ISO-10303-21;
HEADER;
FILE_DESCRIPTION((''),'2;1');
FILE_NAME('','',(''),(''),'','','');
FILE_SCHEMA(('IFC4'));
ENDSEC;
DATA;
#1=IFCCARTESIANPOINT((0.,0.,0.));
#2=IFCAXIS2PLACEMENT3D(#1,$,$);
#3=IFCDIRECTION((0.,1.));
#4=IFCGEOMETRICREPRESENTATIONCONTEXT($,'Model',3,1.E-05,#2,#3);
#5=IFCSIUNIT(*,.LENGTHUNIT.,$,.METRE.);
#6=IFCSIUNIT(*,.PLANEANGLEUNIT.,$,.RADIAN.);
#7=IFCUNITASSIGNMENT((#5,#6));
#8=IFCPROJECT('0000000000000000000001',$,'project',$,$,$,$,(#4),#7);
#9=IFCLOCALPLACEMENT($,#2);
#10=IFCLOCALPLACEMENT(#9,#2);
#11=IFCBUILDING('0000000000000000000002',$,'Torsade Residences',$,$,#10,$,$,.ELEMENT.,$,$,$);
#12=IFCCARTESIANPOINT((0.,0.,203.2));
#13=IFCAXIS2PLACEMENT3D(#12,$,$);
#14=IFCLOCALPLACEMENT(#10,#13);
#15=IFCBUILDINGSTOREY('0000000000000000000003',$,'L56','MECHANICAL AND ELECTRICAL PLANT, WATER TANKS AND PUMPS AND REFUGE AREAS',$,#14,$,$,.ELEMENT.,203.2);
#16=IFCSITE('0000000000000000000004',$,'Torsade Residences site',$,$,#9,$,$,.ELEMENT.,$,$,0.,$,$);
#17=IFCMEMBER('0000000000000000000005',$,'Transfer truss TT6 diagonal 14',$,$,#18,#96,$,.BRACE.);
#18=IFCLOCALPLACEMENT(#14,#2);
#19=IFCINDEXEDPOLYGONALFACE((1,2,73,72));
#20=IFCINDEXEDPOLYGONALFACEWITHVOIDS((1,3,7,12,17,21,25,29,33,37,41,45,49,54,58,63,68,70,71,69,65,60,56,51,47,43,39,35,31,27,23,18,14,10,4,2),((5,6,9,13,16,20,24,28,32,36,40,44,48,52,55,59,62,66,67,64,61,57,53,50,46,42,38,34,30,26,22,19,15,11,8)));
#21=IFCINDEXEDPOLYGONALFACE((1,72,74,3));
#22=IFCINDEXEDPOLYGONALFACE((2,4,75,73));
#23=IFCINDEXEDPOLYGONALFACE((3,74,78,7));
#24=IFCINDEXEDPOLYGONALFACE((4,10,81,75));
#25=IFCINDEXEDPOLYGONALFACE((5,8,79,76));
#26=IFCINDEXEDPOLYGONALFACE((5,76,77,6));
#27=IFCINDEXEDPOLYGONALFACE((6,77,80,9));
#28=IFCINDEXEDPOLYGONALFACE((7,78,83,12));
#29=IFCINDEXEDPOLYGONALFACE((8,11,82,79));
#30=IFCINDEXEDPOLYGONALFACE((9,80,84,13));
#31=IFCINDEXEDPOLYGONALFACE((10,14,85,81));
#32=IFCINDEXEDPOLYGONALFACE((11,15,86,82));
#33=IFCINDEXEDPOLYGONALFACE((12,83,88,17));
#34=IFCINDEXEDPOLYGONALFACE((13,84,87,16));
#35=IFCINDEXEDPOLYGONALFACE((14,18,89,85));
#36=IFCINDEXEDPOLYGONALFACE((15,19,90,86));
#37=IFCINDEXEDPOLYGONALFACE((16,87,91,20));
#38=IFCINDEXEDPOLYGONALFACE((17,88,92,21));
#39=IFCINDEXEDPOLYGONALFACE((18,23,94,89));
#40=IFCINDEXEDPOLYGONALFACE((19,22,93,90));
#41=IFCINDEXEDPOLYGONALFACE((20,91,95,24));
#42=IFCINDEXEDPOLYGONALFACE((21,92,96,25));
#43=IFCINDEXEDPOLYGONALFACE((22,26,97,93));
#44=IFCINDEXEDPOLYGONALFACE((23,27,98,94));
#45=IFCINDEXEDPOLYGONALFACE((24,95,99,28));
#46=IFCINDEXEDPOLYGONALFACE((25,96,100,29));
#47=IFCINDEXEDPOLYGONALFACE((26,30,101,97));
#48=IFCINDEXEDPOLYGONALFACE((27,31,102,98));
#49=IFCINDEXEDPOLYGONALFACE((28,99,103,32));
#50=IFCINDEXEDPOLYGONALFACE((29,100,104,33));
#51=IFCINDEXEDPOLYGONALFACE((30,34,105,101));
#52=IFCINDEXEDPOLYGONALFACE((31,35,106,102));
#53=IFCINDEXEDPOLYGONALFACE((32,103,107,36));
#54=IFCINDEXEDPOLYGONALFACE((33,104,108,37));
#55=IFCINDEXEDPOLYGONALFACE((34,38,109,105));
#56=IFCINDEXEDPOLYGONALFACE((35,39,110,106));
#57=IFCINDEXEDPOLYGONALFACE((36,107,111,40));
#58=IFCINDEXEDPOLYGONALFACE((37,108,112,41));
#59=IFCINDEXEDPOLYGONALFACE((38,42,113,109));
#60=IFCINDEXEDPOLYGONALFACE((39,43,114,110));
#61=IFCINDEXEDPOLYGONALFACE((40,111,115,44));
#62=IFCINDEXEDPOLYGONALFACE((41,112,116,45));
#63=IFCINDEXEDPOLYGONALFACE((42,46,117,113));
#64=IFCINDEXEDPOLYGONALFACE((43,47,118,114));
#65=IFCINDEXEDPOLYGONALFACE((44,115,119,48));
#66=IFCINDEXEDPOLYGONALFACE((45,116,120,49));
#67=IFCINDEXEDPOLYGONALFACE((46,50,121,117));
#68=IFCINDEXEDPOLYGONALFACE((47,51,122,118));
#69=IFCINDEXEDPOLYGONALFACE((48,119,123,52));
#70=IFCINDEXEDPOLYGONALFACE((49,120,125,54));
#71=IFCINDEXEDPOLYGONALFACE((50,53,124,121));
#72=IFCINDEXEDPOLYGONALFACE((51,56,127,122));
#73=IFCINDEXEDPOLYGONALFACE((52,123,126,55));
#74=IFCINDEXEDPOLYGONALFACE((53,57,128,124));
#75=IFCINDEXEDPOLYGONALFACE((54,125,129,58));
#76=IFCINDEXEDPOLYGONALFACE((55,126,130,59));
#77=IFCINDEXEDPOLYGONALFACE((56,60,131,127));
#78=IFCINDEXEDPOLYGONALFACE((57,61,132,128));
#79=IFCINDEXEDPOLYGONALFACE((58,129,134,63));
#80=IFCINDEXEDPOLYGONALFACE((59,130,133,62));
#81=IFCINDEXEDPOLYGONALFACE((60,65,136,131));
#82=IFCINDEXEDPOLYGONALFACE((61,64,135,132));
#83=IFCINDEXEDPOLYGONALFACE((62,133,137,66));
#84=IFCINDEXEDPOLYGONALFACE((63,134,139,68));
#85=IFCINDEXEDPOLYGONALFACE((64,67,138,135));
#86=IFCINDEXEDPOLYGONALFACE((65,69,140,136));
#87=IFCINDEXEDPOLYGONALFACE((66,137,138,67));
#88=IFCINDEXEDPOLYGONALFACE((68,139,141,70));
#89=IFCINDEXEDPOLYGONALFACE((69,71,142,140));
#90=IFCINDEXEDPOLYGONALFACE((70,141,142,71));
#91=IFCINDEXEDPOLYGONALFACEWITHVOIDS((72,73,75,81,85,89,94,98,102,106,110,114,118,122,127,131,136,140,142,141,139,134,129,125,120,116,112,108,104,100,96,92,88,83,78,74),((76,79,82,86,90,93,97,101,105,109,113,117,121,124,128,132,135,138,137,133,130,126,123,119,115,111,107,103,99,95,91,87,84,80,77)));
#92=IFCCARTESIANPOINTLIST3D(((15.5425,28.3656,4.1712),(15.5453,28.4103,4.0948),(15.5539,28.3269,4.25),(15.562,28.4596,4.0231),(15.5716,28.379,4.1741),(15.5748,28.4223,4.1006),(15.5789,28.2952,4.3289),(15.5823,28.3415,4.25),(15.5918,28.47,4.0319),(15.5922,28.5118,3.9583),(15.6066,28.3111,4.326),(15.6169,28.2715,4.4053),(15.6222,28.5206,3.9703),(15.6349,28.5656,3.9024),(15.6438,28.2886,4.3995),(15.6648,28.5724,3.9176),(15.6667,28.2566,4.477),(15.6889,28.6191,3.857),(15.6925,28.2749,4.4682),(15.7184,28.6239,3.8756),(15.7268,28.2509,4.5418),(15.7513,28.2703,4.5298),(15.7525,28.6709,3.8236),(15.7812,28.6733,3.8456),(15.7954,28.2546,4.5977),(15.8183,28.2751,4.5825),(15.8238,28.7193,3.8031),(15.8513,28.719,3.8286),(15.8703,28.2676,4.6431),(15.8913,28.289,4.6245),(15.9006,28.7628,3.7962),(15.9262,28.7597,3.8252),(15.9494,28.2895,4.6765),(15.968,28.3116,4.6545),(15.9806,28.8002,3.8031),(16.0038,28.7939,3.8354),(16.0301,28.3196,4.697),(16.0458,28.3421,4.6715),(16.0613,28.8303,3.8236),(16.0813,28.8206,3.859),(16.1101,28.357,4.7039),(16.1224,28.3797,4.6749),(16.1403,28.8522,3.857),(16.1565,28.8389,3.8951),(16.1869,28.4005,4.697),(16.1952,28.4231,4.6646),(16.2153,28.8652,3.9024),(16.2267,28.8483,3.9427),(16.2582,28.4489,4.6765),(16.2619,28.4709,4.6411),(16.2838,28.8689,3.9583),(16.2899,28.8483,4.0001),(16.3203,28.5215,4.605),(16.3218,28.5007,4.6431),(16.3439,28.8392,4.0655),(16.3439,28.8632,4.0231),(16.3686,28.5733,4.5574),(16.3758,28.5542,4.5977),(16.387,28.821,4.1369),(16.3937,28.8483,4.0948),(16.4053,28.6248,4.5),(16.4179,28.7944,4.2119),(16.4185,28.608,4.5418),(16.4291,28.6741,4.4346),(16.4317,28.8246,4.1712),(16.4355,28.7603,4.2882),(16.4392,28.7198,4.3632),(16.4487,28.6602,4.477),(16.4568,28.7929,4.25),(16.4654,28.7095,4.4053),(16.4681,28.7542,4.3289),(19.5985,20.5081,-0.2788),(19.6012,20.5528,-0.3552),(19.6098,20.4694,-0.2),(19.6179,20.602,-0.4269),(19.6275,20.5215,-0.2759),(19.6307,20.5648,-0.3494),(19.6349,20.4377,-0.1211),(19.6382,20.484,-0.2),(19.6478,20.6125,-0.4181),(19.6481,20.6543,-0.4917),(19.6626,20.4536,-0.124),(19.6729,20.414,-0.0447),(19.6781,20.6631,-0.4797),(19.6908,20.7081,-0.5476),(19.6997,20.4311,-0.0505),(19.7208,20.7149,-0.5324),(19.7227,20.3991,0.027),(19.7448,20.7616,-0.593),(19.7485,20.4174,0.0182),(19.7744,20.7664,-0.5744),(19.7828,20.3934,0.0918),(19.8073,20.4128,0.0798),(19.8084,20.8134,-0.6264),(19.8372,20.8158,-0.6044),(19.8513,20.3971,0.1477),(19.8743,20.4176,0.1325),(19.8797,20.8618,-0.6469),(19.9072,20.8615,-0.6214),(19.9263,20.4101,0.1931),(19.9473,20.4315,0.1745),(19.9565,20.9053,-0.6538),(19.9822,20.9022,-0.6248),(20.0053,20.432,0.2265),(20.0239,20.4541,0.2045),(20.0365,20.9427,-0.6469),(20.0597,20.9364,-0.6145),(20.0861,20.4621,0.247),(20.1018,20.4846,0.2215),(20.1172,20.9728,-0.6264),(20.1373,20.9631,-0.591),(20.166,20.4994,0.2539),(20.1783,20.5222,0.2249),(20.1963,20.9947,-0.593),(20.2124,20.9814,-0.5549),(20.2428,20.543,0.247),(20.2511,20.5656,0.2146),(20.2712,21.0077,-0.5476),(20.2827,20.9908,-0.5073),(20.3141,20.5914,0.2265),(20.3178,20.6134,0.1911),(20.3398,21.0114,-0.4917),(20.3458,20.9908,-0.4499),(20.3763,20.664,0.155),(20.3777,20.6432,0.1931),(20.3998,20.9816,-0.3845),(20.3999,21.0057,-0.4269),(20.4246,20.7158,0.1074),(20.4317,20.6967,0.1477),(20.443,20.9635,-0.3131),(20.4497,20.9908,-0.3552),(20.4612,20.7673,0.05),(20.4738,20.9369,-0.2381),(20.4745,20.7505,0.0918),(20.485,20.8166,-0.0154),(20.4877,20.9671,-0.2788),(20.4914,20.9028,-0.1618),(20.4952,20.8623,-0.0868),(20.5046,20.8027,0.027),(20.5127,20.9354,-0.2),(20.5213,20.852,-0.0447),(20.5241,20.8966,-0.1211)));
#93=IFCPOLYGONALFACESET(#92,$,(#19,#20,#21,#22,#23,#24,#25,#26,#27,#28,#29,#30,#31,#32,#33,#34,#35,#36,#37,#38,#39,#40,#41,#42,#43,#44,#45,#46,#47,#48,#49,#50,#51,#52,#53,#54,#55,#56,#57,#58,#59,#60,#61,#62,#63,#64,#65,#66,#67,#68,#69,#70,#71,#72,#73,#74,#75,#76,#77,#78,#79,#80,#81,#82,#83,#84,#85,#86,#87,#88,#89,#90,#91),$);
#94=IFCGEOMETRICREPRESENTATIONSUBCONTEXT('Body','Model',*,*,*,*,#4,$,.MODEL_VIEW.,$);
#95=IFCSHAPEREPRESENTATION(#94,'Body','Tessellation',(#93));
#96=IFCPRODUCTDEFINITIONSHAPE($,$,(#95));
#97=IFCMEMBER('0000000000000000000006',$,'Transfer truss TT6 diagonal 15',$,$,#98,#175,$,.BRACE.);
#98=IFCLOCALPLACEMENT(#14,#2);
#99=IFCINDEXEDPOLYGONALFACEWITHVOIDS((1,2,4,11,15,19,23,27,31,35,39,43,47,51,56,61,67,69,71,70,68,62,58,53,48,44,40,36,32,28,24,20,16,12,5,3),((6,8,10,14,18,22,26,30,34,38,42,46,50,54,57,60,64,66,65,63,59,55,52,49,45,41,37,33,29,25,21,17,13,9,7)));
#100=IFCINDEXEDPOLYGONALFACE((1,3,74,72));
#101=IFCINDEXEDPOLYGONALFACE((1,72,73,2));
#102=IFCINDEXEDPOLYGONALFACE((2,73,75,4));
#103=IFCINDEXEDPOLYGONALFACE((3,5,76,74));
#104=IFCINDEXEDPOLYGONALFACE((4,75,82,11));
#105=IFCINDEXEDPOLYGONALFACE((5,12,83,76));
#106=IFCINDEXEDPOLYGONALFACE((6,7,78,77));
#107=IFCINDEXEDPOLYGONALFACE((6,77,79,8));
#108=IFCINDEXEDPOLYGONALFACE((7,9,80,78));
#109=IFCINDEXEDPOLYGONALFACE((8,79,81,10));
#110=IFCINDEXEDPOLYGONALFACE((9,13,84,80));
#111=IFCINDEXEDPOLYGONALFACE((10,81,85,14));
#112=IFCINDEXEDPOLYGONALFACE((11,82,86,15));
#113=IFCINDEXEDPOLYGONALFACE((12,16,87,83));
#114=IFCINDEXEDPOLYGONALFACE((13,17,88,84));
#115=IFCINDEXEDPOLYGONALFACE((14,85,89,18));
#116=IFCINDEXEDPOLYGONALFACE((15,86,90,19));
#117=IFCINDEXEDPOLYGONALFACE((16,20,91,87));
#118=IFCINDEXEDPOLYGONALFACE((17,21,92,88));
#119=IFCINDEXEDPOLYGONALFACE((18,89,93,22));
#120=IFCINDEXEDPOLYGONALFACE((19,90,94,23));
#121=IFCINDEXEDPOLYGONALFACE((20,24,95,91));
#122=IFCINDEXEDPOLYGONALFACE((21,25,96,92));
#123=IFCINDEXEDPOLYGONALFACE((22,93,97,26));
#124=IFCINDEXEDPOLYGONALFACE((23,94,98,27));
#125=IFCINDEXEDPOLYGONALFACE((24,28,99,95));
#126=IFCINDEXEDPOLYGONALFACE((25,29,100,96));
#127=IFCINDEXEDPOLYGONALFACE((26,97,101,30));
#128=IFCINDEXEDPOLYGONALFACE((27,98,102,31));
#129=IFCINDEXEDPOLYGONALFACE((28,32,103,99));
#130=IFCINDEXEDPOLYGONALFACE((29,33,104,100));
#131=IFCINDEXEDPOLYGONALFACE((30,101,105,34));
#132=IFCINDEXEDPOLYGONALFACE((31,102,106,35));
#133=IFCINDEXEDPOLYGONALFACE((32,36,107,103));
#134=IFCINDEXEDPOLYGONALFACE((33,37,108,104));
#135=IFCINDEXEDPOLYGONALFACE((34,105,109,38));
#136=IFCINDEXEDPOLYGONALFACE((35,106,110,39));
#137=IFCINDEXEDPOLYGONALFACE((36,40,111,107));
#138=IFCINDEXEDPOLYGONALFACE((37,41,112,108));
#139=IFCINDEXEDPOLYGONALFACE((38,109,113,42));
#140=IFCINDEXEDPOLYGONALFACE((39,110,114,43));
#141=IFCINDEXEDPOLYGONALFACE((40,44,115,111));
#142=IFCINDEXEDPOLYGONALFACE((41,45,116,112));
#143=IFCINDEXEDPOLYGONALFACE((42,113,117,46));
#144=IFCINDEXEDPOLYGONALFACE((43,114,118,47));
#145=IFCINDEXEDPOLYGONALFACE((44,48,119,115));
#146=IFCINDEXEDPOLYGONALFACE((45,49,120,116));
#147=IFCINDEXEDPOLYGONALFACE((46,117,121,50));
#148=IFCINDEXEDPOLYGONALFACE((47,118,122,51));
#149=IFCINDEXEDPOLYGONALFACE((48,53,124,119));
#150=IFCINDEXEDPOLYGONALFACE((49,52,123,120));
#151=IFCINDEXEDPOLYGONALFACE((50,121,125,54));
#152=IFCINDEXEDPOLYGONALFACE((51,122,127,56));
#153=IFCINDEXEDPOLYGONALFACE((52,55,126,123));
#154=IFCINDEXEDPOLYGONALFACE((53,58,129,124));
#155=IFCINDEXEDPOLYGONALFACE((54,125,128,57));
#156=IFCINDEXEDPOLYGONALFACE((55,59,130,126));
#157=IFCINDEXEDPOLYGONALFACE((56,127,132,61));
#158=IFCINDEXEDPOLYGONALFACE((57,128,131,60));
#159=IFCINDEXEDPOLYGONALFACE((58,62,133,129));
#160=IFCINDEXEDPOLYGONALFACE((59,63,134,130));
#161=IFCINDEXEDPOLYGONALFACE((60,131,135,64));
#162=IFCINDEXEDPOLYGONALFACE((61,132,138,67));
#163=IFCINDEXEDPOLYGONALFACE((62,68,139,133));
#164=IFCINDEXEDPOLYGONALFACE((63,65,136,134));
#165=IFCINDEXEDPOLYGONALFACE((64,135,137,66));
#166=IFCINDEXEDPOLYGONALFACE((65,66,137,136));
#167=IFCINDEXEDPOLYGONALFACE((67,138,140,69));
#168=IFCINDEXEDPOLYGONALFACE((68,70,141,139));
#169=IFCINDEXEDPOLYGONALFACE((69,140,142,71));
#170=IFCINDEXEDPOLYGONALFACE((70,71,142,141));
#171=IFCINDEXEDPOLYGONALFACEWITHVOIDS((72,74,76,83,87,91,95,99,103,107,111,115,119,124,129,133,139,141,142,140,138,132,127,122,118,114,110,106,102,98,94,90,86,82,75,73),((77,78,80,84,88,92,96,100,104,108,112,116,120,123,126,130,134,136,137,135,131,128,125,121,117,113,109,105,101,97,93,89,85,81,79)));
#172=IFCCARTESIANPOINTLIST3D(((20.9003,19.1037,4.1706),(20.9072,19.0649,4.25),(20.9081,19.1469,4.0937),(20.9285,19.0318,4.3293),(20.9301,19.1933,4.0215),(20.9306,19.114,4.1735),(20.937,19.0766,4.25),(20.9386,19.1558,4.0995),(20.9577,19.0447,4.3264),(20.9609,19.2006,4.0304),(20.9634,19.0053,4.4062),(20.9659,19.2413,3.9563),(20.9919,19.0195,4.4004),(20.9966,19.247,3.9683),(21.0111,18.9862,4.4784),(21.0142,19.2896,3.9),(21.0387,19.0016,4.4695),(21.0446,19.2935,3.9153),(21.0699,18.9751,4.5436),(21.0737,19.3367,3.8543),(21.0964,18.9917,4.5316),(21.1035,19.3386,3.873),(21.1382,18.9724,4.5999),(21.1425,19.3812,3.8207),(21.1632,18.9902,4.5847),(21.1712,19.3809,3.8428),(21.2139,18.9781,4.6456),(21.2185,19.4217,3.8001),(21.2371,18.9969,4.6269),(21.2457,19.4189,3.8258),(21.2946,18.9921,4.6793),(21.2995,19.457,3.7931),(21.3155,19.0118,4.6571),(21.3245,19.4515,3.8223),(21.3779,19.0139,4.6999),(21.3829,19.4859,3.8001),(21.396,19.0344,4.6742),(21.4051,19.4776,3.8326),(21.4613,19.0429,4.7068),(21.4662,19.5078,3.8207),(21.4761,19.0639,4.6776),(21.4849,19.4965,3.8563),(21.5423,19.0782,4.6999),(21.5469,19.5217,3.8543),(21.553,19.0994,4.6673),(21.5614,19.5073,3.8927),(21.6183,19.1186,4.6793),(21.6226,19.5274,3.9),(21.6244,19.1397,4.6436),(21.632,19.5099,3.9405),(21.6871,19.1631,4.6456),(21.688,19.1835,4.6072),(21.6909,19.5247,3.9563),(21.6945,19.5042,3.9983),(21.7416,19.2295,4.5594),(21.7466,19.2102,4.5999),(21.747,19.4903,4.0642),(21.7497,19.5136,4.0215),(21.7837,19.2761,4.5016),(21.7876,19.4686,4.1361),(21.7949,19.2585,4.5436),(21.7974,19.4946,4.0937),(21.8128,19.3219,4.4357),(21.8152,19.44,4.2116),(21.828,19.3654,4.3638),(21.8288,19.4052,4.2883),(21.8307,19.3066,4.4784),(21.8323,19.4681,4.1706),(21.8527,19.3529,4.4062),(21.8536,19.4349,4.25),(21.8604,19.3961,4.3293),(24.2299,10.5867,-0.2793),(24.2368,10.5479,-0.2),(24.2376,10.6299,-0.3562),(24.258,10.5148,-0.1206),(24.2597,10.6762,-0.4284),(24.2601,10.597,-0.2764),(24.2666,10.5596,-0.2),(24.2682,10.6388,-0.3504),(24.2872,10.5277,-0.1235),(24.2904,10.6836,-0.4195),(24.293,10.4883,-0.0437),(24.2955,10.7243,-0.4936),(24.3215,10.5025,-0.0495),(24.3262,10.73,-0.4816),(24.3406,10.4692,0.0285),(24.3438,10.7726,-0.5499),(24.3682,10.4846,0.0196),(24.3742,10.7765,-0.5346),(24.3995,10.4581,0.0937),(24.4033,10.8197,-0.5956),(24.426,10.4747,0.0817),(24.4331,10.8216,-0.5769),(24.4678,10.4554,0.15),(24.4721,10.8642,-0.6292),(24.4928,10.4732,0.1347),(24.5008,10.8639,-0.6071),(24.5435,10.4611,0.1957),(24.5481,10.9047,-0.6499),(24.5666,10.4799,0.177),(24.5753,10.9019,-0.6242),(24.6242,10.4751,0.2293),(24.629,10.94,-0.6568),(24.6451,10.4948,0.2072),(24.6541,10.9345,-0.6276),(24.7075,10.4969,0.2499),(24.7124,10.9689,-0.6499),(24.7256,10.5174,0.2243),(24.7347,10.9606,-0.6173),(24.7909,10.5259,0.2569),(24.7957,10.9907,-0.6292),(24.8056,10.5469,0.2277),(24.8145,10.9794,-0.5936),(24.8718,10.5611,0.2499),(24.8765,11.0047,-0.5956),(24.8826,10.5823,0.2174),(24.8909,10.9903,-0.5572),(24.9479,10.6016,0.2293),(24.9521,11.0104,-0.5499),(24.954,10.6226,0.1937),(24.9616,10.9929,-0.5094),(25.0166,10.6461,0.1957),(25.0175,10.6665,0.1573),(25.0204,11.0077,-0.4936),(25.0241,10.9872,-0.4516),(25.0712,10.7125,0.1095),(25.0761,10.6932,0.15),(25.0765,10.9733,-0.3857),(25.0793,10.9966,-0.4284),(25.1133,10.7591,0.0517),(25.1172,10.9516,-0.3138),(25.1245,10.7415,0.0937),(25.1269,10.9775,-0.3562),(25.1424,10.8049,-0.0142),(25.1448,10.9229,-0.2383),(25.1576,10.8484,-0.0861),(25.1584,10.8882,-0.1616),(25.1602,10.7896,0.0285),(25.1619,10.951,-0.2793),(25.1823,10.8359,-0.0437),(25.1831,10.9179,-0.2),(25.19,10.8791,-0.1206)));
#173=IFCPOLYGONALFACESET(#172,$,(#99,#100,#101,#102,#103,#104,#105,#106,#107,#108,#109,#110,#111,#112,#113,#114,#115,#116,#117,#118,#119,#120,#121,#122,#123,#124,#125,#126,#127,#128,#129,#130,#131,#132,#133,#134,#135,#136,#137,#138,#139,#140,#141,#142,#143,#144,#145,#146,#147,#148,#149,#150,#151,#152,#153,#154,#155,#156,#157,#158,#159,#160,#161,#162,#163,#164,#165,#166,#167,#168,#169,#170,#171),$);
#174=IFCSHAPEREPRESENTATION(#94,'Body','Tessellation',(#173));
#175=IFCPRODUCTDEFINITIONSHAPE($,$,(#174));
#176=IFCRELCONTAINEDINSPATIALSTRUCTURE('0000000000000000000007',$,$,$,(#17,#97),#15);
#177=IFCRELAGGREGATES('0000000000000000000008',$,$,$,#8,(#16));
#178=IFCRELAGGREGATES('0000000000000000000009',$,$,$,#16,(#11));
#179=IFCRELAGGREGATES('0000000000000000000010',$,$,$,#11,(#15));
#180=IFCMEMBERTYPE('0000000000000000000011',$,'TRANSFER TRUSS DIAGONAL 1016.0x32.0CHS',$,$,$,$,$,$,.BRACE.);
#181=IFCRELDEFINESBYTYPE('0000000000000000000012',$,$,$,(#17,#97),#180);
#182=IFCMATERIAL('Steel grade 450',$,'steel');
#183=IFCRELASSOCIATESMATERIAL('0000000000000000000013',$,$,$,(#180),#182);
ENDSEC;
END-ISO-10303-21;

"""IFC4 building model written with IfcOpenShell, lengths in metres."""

from ifc_helpers import new_model, si_unit, direction, frame, origin, origin_2d, place, context, subcontext, project, spatial, hollow_circle, extrude, material, material_profile, profile_set, type_object, element, save


model = new_model("IFC4")

# Units and contexts
model_context = context("Model", 3, precision=1e-05, world=origin(), true_north=direction((0.0, 1.0)))
body_context = subcontext(model_context, "Body", "Model", "MODEL_VIEW")
ifc_project = project(units=[si_unit("LENGTHUNIT", "METRE"), si_unit("PLANEANGLEUNIT", "RADIAN")], contexts=[model_context])

# Site, building, storey
site_placement = place(None, origin())
site = spatial("IfcSite", under=ifc_project, at=site_placement, Name="Torsade Residences site", CompositionType="ELEMENT", RefElevation=0.0)
building_placement = place(site_placement, origin())
building = spatial("IfcBuilding", under=site, at=building_placement, Name="Torsade Residences", CompositionType="ELEMENT")
storey_placement = place(building_placement, frame((0.0, 0.0, 203.2)))
storey = spatial("IfcBuildingStorey", under=building, at=storey_placement, Name="L56", Description="MECHANICAL AND ELECTRICAL PLANT, WATER TANKS AND PUMPS AND REFUGE AREAS", CompositionType="ELEMENT", Elevation=203.2)

# Members
ifc_material_1 = material(Name="Steel grade 450", Category="steel")
ifc_material_profile_1 = material_profile(ifc_material_1, hollow_circle(Radius=0.5081, WallThickness=0.032, at=origin_2d()), Name="1016.0x32.0CHS")
ifc_profile_set_1 = profile_set([ifc_material_profile_1], Name="Steel grade 450")
member_type_1 = type_object("IfcMemberType", Name="TRANSFER TRUSS DIAGONAL 1016.0x32.0CHS", PredefinedType="BRACE", material=ifc_profile_set_1)
member_1_placement = place(storey_placement, frame((20.0613, 20.7024, -0.2), z_axis=(-0.409726, 0.793754, 0.449532), x_axis=(-0.888599, -0.458684, 0.0)))
element("IfcMember", 1, at=member_1_placement, inside=storey, type_object=member_type_1, Name="Transfer truss TT6 diagonal 14", PredefinedType="BRACE", context=body_context, shape_type="SweptSolid", body=[
    extrude(hollow_circle(Radius=0.5081, WallThickness=0.032, at=origin_2d()), origin(), (0.0, 0.0, 1.0), 9.8992),
])
member_2_placement = place(storey_placement, frame((24.71, 10.7329, -0.2), z_axis=(-0.327393, 0.837471, 0.437556), x_axis=(-0.931361, -0.364097, 0.0)))
element("IfcMember", 2, at=member_2_placement, inside=storey, type_object=member_type_1, Name="Transfer truss TT6 diagonal 15", PredefinedType="BRACE", context=body_context, shape_type="SweptSolid", body=[
    extrude(hollow_circle(Radius=0.5081, WallThickness=0.032, at=origin_2d()), origin(), (0.0, 0.0, 1.0), 10.1699),
])

save(model, "model.ifc")
